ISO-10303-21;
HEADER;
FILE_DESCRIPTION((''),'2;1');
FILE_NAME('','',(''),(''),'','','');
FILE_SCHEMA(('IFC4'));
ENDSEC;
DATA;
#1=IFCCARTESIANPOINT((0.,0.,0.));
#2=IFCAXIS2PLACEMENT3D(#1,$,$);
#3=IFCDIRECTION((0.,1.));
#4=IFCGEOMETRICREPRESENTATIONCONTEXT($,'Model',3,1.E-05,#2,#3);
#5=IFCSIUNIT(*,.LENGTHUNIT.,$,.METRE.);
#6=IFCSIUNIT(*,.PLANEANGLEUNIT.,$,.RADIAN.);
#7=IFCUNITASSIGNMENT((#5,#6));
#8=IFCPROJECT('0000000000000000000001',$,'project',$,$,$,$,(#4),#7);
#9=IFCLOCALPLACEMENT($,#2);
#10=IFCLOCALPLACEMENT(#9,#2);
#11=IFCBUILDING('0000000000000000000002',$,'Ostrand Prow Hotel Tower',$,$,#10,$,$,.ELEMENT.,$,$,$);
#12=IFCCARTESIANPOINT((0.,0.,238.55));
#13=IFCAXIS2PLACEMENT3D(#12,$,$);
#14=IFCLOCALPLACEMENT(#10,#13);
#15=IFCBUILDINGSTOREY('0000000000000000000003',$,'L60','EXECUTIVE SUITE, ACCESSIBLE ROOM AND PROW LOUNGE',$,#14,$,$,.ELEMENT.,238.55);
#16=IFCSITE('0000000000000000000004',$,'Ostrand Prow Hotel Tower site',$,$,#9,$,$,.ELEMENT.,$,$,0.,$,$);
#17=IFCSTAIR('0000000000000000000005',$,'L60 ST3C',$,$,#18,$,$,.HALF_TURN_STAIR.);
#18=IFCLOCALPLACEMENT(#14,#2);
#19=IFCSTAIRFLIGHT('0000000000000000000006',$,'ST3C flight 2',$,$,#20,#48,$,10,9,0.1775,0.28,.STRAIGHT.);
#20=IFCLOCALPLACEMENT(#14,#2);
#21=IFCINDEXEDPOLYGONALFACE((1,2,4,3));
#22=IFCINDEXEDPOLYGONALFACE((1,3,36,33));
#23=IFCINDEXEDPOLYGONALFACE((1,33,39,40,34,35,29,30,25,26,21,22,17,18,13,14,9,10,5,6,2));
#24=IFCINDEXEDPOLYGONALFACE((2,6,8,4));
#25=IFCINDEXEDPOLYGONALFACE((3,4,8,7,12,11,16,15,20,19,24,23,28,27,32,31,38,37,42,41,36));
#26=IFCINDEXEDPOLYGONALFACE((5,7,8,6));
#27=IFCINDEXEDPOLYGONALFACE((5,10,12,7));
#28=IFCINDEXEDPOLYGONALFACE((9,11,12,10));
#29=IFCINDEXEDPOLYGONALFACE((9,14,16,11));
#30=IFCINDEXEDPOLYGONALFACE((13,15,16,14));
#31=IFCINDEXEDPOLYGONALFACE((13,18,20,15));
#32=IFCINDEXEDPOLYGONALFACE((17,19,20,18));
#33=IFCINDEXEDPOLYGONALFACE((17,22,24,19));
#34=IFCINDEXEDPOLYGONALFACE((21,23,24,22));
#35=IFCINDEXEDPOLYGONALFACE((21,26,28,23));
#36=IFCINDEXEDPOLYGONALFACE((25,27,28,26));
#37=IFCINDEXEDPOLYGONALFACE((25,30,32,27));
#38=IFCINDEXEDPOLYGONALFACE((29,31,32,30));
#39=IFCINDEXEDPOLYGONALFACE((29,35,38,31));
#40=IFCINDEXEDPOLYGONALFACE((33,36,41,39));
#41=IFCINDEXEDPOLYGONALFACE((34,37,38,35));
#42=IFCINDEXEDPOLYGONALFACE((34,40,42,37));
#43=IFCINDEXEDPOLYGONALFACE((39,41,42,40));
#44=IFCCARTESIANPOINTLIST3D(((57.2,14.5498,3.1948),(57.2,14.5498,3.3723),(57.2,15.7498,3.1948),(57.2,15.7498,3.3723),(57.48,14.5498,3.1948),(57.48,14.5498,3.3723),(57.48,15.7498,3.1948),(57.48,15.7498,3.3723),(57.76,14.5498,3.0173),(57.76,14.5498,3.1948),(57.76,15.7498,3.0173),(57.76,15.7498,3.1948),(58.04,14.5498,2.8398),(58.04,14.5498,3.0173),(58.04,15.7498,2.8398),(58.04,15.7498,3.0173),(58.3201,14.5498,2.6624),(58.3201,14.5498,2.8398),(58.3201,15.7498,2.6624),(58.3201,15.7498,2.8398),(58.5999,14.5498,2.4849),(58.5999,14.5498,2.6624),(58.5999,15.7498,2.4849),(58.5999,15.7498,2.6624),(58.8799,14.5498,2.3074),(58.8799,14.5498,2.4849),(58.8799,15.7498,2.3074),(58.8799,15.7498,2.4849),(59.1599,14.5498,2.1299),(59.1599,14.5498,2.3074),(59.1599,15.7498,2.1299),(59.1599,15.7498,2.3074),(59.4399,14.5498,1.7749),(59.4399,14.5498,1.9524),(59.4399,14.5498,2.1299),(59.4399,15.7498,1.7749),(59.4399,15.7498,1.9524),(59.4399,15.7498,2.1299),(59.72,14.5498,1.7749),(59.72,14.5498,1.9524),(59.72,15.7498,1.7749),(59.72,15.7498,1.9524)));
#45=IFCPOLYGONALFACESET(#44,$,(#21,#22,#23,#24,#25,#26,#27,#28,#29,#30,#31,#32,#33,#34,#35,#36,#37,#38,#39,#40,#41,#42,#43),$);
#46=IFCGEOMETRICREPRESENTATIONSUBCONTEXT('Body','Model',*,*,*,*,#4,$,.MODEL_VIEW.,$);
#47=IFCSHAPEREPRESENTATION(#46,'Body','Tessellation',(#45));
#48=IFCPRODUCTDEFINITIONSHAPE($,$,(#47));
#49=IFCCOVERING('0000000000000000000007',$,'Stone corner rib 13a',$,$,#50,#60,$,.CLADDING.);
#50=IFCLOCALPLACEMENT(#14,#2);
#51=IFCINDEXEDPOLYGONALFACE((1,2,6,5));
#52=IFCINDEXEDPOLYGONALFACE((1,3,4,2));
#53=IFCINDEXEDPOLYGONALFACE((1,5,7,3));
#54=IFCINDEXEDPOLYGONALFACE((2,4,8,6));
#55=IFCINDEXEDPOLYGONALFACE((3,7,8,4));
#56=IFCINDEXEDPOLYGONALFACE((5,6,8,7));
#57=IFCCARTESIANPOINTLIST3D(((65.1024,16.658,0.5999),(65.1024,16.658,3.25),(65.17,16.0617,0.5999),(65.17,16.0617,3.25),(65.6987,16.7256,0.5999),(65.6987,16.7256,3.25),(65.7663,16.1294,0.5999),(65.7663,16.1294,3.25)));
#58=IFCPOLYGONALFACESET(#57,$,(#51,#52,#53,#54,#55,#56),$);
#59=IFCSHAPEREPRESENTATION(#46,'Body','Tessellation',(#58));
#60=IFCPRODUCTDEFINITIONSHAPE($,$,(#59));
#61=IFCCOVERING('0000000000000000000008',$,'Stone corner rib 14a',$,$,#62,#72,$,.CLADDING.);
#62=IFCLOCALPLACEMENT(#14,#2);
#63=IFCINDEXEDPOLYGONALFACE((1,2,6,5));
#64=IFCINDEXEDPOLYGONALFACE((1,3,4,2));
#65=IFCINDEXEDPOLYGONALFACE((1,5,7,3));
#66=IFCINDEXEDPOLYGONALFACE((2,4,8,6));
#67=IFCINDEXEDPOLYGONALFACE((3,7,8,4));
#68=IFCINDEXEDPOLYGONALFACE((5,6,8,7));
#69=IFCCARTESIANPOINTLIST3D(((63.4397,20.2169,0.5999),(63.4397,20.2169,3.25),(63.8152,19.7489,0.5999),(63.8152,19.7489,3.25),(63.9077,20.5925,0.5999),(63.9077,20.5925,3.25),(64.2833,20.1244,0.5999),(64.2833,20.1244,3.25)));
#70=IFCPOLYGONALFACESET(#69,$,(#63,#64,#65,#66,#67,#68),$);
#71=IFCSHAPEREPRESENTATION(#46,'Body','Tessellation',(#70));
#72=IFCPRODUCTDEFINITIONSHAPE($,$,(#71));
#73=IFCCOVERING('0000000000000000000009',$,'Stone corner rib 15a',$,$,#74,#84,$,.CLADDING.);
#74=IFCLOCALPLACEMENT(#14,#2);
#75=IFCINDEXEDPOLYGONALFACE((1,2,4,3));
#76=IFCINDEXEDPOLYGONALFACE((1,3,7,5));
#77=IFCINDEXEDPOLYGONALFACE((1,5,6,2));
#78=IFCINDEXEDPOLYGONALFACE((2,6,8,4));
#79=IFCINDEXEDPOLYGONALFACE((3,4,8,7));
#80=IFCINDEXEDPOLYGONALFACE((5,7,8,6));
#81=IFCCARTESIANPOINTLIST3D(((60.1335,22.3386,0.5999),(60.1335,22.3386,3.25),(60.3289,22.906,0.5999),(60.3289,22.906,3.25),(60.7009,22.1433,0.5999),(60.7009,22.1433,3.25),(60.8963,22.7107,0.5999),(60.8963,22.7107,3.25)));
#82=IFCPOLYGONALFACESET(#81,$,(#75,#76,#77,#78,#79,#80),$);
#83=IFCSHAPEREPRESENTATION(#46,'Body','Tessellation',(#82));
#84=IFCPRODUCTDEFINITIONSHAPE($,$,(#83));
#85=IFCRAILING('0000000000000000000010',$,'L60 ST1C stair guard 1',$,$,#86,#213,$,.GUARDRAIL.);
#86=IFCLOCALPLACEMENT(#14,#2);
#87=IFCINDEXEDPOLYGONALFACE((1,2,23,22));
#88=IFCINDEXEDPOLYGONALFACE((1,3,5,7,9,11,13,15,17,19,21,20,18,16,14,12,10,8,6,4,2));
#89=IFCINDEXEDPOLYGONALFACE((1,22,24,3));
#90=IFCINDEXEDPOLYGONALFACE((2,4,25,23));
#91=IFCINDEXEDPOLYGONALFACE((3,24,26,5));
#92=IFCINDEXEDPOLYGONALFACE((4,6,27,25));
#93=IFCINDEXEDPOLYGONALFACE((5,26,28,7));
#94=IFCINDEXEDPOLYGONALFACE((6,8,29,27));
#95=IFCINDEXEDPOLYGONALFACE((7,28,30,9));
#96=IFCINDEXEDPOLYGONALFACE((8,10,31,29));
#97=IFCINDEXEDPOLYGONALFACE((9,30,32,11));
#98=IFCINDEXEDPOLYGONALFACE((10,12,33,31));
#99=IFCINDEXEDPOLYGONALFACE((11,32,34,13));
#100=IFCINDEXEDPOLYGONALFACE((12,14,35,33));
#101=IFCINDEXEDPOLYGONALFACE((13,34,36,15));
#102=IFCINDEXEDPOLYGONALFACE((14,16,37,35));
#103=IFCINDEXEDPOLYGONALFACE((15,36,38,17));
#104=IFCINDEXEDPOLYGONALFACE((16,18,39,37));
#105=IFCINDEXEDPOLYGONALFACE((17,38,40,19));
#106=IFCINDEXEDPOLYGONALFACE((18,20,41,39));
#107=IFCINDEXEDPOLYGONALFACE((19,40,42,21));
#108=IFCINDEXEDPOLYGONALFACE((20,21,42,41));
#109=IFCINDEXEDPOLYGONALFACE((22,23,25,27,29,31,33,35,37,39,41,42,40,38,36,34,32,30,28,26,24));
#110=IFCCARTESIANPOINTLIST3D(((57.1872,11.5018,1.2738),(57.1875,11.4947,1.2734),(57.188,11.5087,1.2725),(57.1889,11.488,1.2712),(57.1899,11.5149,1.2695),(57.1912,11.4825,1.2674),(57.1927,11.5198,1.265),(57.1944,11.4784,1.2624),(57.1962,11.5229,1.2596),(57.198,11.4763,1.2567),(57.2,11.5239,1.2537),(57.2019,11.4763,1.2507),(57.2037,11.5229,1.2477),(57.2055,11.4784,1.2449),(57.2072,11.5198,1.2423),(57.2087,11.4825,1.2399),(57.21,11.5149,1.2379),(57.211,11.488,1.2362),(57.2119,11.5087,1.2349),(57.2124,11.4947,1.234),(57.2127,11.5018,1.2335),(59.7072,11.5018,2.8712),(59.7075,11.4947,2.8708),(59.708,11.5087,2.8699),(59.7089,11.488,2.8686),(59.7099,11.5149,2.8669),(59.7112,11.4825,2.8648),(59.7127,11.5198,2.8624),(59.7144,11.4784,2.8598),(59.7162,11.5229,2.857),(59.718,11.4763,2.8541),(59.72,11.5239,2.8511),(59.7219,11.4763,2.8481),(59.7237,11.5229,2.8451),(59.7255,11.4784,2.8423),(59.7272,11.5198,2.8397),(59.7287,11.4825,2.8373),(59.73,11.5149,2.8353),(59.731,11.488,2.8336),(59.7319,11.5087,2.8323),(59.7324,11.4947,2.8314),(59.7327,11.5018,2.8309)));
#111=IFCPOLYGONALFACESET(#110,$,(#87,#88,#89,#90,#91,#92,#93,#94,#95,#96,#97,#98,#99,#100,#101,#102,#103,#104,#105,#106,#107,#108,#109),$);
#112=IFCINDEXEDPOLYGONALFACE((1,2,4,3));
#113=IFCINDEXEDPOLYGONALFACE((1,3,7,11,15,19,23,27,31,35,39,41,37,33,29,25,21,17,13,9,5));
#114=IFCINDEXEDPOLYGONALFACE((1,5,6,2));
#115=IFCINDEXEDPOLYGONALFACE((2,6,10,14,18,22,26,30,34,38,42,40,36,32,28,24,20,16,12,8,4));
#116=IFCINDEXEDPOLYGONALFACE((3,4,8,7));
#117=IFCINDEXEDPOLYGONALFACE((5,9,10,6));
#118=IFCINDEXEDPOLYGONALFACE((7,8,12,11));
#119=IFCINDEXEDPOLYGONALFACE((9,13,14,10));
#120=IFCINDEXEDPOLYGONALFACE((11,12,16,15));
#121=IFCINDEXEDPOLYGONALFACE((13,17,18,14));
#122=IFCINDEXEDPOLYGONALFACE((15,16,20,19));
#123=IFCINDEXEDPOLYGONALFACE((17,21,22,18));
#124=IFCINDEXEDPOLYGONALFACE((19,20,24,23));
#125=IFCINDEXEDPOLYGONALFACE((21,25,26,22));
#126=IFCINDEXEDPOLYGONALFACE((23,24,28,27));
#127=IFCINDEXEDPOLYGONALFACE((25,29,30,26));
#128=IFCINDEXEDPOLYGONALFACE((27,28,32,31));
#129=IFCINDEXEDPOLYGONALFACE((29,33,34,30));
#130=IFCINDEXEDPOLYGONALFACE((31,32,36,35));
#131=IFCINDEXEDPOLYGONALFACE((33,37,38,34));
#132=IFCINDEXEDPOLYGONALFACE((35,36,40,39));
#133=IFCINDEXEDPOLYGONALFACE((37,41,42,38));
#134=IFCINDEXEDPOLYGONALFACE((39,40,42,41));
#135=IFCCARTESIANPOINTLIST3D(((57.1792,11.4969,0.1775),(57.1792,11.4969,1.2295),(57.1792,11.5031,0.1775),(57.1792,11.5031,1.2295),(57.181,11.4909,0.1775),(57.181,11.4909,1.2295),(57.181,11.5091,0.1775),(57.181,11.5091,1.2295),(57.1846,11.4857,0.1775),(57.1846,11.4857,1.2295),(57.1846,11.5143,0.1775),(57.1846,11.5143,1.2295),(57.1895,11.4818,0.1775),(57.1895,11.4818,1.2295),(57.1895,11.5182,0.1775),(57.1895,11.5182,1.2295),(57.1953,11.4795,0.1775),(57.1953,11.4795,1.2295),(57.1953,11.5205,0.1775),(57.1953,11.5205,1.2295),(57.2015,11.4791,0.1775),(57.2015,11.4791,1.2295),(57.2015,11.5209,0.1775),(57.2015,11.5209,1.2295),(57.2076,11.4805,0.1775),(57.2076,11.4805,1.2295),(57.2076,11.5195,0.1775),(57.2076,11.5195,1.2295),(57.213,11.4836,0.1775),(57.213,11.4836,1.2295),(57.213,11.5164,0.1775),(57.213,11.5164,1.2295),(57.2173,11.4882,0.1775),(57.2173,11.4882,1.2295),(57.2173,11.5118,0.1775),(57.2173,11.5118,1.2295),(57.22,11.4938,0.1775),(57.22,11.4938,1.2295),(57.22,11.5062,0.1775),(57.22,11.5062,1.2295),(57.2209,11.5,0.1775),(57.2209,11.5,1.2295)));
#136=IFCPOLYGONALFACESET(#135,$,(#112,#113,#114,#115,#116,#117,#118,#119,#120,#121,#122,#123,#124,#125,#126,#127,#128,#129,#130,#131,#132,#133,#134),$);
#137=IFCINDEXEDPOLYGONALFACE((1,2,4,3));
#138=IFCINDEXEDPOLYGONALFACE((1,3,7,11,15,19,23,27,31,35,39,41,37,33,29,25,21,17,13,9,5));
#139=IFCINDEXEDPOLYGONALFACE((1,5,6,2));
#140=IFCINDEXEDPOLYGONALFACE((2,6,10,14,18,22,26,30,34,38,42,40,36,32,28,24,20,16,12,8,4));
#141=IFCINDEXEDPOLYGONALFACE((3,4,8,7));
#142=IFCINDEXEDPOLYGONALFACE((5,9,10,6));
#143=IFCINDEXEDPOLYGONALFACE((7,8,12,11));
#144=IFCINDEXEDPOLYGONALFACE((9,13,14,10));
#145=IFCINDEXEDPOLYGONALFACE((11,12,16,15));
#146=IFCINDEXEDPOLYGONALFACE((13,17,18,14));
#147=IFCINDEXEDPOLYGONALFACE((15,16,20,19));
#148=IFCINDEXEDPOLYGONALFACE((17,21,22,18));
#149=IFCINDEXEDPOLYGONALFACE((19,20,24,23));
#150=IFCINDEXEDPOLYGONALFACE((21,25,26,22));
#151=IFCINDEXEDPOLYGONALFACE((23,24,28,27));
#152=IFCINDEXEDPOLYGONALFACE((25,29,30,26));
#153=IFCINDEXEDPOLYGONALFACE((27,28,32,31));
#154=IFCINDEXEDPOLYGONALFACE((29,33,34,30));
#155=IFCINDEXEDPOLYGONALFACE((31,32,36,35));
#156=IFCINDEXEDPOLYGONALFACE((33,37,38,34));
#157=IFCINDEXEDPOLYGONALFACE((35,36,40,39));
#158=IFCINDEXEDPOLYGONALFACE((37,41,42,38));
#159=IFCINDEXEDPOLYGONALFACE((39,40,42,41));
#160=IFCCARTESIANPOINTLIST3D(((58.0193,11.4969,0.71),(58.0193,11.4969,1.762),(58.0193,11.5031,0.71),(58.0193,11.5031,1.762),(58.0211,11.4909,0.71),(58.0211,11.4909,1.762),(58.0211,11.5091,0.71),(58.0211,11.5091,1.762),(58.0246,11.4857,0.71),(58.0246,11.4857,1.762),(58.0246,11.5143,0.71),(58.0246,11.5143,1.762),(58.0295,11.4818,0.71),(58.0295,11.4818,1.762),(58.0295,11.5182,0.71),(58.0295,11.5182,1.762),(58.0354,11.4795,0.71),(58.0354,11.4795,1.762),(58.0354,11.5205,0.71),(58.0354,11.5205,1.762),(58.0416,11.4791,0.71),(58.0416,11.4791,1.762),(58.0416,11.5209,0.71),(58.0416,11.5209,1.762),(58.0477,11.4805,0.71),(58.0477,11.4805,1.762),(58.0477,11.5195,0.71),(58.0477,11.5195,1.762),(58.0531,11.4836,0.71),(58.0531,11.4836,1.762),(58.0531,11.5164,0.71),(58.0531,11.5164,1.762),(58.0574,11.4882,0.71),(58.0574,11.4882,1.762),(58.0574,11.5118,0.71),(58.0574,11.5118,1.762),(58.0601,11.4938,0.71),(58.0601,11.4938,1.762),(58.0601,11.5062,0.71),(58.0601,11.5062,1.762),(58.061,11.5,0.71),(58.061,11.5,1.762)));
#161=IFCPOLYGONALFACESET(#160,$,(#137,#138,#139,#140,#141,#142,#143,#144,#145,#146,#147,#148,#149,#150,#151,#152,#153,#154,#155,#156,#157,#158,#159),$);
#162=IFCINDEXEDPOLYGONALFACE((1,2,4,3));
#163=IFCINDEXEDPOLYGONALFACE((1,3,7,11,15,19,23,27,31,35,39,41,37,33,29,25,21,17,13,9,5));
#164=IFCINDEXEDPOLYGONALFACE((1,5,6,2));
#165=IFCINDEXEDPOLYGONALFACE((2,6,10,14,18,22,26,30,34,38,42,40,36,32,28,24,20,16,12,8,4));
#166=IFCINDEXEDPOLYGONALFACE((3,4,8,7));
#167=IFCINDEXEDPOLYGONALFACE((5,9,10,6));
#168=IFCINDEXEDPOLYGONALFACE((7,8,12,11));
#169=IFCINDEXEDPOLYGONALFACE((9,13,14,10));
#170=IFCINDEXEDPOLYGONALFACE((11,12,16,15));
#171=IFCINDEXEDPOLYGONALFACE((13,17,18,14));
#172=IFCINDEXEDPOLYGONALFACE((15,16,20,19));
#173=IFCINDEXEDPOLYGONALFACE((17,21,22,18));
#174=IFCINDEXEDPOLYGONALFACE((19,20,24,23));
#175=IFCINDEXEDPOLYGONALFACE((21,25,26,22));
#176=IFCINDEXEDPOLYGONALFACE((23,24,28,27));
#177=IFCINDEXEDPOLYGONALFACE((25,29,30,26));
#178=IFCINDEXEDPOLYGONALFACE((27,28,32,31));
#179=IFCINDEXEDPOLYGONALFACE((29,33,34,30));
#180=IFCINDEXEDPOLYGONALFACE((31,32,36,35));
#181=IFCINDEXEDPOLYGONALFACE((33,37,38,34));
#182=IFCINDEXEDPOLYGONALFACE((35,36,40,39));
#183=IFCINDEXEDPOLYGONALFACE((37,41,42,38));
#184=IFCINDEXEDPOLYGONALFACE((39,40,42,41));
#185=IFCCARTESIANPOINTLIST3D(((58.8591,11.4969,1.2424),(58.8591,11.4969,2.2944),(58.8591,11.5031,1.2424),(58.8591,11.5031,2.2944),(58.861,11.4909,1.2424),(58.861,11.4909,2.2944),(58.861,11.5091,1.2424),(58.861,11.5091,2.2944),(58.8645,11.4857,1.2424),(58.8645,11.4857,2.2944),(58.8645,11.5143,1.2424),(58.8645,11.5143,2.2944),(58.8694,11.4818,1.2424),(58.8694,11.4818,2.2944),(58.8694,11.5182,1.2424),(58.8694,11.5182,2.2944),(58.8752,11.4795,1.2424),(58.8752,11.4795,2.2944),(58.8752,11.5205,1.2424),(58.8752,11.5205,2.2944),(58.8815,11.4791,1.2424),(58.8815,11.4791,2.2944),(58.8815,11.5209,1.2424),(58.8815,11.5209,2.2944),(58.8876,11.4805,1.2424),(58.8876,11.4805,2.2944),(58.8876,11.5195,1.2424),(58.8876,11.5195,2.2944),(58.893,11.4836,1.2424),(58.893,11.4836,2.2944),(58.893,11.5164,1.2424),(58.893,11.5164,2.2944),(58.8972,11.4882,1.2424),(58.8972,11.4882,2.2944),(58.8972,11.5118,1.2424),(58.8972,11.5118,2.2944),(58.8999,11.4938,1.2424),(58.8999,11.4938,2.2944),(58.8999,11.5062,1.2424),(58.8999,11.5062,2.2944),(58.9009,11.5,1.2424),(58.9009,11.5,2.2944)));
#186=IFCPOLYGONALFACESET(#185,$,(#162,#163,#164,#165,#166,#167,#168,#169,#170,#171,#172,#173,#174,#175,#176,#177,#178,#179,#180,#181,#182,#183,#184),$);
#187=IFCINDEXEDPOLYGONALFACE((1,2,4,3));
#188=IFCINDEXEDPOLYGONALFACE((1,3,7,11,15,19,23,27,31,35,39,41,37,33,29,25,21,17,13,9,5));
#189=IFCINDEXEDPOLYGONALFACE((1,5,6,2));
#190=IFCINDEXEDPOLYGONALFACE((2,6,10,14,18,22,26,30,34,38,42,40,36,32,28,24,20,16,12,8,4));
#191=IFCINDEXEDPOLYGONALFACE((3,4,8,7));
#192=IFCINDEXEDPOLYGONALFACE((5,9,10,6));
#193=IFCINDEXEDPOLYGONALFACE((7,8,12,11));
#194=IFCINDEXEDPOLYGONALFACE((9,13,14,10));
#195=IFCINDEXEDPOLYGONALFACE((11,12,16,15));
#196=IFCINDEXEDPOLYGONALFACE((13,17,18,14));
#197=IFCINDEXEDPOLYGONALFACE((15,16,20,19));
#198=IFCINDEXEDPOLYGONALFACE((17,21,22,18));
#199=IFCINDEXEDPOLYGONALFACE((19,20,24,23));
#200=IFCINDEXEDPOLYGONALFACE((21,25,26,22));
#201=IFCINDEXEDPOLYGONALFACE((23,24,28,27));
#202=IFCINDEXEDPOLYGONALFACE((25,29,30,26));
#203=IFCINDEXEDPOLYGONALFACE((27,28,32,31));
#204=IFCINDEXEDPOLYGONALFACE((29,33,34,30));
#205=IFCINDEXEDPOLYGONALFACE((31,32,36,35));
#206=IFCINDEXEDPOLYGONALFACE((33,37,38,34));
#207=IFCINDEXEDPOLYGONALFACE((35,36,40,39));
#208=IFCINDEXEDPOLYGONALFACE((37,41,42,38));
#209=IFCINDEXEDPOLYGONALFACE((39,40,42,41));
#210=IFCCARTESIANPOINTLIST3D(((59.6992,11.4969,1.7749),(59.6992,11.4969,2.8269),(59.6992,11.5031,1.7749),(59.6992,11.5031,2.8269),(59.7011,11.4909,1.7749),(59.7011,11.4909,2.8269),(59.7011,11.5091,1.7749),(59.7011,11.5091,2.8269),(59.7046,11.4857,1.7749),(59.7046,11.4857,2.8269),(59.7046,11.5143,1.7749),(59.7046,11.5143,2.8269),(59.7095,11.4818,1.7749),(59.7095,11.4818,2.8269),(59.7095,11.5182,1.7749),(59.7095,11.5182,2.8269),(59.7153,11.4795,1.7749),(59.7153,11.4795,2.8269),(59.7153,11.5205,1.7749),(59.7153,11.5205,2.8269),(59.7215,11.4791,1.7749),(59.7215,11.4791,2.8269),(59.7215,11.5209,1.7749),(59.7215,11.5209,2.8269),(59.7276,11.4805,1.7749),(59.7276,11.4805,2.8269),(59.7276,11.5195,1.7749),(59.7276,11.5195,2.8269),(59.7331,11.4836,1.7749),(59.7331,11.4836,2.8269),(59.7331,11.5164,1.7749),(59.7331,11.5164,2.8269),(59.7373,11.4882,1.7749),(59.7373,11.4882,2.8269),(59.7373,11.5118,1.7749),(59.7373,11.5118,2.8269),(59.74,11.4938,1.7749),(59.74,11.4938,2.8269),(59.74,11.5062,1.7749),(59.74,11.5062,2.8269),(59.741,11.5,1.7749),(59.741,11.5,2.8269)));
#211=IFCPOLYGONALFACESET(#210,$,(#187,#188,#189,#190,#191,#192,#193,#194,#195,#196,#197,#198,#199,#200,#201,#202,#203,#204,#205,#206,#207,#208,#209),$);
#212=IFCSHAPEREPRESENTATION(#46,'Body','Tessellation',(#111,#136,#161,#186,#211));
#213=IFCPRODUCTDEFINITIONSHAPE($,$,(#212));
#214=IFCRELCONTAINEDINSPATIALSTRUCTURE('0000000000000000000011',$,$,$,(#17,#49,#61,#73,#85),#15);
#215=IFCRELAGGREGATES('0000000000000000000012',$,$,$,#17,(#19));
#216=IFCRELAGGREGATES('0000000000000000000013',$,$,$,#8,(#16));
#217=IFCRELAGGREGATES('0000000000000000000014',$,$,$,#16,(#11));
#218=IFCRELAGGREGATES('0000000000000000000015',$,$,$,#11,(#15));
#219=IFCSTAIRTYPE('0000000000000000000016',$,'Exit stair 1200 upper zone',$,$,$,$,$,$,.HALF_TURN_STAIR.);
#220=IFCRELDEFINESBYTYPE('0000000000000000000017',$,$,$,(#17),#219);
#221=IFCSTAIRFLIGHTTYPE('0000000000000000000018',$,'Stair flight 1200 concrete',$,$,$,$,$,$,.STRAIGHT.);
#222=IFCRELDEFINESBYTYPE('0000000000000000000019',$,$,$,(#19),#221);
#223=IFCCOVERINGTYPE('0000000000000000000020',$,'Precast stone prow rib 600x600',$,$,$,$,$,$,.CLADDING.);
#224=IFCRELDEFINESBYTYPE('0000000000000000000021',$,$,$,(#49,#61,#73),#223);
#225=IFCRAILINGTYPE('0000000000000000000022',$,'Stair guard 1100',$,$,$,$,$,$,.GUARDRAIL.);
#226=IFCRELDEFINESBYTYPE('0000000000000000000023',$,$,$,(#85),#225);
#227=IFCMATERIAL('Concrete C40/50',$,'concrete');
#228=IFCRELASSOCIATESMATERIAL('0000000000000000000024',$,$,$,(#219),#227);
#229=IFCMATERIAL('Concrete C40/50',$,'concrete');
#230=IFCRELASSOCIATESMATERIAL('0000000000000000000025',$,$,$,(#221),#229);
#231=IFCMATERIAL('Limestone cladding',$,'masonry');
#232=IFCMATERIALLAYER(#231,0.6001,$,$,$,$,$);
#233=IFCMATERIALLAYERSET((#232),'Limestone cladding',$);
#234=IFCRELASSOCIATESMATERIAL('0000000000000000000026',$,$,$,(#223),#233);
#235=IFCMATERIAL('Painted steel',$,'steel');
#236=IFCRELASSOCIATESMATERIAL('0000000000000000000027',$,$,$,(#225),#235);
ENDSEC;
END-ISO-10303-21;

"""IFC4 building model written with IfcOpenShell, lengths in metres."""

from ifc_helpers import new_model, si_unit, direction, frame, frame_2d, origin, origin_2d, place, context, subcontext, project, spatial, polyline, rectangle, circle, outline, extrude, material, layer, layer_set, type_object, element, aggregate, save


model = new_model("IFC4")

# Units and contexts
model_context = context("Model", 3, precision=1e-05, world=origin(), true_north=direction((0.0, 1.0)))
body_context = subcontext(model_context, "Body", "Model", "MODEL_VIEW")
ifc_project = project(units=[si_unit("LENGTHUNIT", "METRE"), si_unit("PLANEANGLEUNIT", "RADIAN")], contexts=[model_context])

# Site, building, storey
site_placement = place(None, origin())
site = spatial("IfcSite", under=ifc_project, at=site_placement, Name="Ostrand Prow Hotel Tower site", CompositionType="ELEMENT", RefElevation=0.0)
building_placement = place(site_placement, origin())
building = spatial("IfcBuilding", under=site, at=building_placement, Name="Ostrand Prow Hotel Tower", CompositionType="ELEMENT")
storey_placement = place(building_placement, frame((0.0, 0.0, 238.55)))
storey = spatial("IfcBuildingStorey", under=building, at=storey_placement, Name="L60", Description="EXECUTIVE SUITE, ACCESSIBLE ROOM AND PROW LOUNGE", CompositionType="ELEMENT", Elevation=238.55)

# Stair, stair flight
ifc_material_1 = material(Name="Concrete C40/50", Category="concrete")
stair_type = type_object("IfcStairType", Name="Exit stair 1200 upper zone", PredefinedType="HALF_TURN_STAIR", material=ifc_material_1)
ifc_material_2 = material(Name="Concrete C40/50", Category="concrete")
stair_flight_type = type_object("IfcStairFlightType", Name="Stair flight 1200 concrete", PredefinedType="STRAIGHT", material=ifc_material_2)
stair_1_placement = place(storey_placement, origin())
stair_1 = element("IfcStair", 1, at=stair_1_placement, inside=storey, type_object=stair_type, Name="L60 ST3C", PredefinedType="HALF_TURN_STAIR")
stair_flight_1_placement = place(storey_placement, frame((59.72, 15.1499, 1.7749), z_axis=(0.0, 0.0, 1.0), x_axis=(-1.0, 0.0, 0.0)))
stair_flight_1 = element("IfcStairFlight", 2, at=stair_flight_1_placement, type_object=stair_flight_type, Name="ST3C flight 2", NumberOfRisers=10, NumberOfTreads=9, PredefinedType="STRAIGHT", RiserHeight=0.1775, TreadLength=0.28, context=body_context, shape_type="SweptSolid", body=[
    extrude(outline(polyline([(0.0, 0.0), (0.0, 0.1775), (0.28, 0.1775), (0.28, 0.355), (0.5601, 0.355), (0.5601, 0.5325), (0.8401, 0.5325), (0.8401, 0.71), (1.1201, 0.71), (1.1201, 0.8875), (1.3999, 0.8875), (1.3999, 1.0649), (1.6799, 1.0649), (1.6799, 1.2424), (1.96, 1.2424), (1.96, 1.4199), (2.24, 1.4199), (2.24, 1.5974), (2.52, 1.5974), (2.52, 1.7749), (2.52, 1.4199), (0.28, 0.0), (0.0, 0.0)])), frame((0.0, 0.6001, 0.0), z_axis=(0.0, -1.0, 0.0), x_axis=(1.0, 0.0, 0.0)), (0.0, 0.0, 1.0), 1.2),
])
aggregate(stair_1, [stair_flight_1])

# Coverings
ifc_material_3 = material(Name="Limestone cladding", Category="masonry")
ifc_layer_1 = layer(ifc_material_3, 0.6001)
ifc_layer_set_1 = layer_set([ifc_layer_1], Name="Limestone cladding")
covering_type = type_object("IfcCoveringType", Name="Precast stone prow rib 600x600", PredefinedType="CLADDING", material=ifc_layer_set_1)
for number, where, z_axis, x_axis, name in (
    (3, (65.1362, 16.3599, 0.5999), (0.0, 0.0, 1.0), (0.993628, 0.112709, 0.0), "Stone corner rib 13a"),
    (4, (63.6274, 19.9829, 0.5999), (0.0, 0.0, 1.0), (0.779995, 0.625786, 0.0), "Stone corner rib 14a"),
    (5, (60.4172, 22.241, 0.5999), (0.0, 0.0, 1.0), (0.325489, 0.945546, 0.0), "Stone corner rib 15a"),
):
    element("IfcCovering", number, at=place(storey_placement, frame(where, z_axis=z_axis, x_axis=x_axis)), inside=storey, type_object=covering_type, Name=name, PredefinedType="CLADDING", context=body_context, shape_type="SweptSolid", body=[
        extrude(rectangle(XDim=0.6001, YDim=0.6001, at=frame_2d((0.3, 0.0))), origin(), (0.0, 0.0, 1.0), 2.6501),
    ])

# Railing
ifc_material_4 = material(Name="Painted steel", Category="steel")
railing_type_1 = type_object("IfcRailingType", Name="Stair guard 1100", PredefinedType="GUARDRAIL", material=ifc_material_4)
railing_1_placement = place(storey_placement, frame((57.2, 11.5, 0.1775)))
element("IfcRailing", 6, at=railing_1_placement, inside=storey, type_object=railing_type_1, Name="L60 ST1C stair guard 1", PredefinedType="GUARDRAIL", context=body_context, shape_type="SweptSolid", body=[
    extrude(circle(Radius=0.0239, at=origin_2d()), frame((0.0, 0.0, 1.0762), z_axis=(0.844607, 0.0, 0.535387), x_axis=(0.0, 1.0, 0.0)), (0.0, 0.0, 1.0), 2.9836),
    extrude(circle(Radius=0.021, at=origin_2d()), origin(), (0.0, 0.0, 1.0), 1.052),
    extrude(circle(Radius=0.021, at=origin_2d()), frame((0.8401, 0.0, 0.5325)), (0.0, 0.0, 1.0), 1.052),
    extrude(circle(Radius=0.021, at=origin_2d()), frame((1.6799, 0.0, 1.0649)), (0.0, 0.0, 1.0), 1.052),
    extrude(circle(Radius=0.021, at=origin_2d()), frame((2.52, 0.0, 1.5974)), (0.0, 0.0, 1.0), 1.052),
])

save(model, "model.ifc")
